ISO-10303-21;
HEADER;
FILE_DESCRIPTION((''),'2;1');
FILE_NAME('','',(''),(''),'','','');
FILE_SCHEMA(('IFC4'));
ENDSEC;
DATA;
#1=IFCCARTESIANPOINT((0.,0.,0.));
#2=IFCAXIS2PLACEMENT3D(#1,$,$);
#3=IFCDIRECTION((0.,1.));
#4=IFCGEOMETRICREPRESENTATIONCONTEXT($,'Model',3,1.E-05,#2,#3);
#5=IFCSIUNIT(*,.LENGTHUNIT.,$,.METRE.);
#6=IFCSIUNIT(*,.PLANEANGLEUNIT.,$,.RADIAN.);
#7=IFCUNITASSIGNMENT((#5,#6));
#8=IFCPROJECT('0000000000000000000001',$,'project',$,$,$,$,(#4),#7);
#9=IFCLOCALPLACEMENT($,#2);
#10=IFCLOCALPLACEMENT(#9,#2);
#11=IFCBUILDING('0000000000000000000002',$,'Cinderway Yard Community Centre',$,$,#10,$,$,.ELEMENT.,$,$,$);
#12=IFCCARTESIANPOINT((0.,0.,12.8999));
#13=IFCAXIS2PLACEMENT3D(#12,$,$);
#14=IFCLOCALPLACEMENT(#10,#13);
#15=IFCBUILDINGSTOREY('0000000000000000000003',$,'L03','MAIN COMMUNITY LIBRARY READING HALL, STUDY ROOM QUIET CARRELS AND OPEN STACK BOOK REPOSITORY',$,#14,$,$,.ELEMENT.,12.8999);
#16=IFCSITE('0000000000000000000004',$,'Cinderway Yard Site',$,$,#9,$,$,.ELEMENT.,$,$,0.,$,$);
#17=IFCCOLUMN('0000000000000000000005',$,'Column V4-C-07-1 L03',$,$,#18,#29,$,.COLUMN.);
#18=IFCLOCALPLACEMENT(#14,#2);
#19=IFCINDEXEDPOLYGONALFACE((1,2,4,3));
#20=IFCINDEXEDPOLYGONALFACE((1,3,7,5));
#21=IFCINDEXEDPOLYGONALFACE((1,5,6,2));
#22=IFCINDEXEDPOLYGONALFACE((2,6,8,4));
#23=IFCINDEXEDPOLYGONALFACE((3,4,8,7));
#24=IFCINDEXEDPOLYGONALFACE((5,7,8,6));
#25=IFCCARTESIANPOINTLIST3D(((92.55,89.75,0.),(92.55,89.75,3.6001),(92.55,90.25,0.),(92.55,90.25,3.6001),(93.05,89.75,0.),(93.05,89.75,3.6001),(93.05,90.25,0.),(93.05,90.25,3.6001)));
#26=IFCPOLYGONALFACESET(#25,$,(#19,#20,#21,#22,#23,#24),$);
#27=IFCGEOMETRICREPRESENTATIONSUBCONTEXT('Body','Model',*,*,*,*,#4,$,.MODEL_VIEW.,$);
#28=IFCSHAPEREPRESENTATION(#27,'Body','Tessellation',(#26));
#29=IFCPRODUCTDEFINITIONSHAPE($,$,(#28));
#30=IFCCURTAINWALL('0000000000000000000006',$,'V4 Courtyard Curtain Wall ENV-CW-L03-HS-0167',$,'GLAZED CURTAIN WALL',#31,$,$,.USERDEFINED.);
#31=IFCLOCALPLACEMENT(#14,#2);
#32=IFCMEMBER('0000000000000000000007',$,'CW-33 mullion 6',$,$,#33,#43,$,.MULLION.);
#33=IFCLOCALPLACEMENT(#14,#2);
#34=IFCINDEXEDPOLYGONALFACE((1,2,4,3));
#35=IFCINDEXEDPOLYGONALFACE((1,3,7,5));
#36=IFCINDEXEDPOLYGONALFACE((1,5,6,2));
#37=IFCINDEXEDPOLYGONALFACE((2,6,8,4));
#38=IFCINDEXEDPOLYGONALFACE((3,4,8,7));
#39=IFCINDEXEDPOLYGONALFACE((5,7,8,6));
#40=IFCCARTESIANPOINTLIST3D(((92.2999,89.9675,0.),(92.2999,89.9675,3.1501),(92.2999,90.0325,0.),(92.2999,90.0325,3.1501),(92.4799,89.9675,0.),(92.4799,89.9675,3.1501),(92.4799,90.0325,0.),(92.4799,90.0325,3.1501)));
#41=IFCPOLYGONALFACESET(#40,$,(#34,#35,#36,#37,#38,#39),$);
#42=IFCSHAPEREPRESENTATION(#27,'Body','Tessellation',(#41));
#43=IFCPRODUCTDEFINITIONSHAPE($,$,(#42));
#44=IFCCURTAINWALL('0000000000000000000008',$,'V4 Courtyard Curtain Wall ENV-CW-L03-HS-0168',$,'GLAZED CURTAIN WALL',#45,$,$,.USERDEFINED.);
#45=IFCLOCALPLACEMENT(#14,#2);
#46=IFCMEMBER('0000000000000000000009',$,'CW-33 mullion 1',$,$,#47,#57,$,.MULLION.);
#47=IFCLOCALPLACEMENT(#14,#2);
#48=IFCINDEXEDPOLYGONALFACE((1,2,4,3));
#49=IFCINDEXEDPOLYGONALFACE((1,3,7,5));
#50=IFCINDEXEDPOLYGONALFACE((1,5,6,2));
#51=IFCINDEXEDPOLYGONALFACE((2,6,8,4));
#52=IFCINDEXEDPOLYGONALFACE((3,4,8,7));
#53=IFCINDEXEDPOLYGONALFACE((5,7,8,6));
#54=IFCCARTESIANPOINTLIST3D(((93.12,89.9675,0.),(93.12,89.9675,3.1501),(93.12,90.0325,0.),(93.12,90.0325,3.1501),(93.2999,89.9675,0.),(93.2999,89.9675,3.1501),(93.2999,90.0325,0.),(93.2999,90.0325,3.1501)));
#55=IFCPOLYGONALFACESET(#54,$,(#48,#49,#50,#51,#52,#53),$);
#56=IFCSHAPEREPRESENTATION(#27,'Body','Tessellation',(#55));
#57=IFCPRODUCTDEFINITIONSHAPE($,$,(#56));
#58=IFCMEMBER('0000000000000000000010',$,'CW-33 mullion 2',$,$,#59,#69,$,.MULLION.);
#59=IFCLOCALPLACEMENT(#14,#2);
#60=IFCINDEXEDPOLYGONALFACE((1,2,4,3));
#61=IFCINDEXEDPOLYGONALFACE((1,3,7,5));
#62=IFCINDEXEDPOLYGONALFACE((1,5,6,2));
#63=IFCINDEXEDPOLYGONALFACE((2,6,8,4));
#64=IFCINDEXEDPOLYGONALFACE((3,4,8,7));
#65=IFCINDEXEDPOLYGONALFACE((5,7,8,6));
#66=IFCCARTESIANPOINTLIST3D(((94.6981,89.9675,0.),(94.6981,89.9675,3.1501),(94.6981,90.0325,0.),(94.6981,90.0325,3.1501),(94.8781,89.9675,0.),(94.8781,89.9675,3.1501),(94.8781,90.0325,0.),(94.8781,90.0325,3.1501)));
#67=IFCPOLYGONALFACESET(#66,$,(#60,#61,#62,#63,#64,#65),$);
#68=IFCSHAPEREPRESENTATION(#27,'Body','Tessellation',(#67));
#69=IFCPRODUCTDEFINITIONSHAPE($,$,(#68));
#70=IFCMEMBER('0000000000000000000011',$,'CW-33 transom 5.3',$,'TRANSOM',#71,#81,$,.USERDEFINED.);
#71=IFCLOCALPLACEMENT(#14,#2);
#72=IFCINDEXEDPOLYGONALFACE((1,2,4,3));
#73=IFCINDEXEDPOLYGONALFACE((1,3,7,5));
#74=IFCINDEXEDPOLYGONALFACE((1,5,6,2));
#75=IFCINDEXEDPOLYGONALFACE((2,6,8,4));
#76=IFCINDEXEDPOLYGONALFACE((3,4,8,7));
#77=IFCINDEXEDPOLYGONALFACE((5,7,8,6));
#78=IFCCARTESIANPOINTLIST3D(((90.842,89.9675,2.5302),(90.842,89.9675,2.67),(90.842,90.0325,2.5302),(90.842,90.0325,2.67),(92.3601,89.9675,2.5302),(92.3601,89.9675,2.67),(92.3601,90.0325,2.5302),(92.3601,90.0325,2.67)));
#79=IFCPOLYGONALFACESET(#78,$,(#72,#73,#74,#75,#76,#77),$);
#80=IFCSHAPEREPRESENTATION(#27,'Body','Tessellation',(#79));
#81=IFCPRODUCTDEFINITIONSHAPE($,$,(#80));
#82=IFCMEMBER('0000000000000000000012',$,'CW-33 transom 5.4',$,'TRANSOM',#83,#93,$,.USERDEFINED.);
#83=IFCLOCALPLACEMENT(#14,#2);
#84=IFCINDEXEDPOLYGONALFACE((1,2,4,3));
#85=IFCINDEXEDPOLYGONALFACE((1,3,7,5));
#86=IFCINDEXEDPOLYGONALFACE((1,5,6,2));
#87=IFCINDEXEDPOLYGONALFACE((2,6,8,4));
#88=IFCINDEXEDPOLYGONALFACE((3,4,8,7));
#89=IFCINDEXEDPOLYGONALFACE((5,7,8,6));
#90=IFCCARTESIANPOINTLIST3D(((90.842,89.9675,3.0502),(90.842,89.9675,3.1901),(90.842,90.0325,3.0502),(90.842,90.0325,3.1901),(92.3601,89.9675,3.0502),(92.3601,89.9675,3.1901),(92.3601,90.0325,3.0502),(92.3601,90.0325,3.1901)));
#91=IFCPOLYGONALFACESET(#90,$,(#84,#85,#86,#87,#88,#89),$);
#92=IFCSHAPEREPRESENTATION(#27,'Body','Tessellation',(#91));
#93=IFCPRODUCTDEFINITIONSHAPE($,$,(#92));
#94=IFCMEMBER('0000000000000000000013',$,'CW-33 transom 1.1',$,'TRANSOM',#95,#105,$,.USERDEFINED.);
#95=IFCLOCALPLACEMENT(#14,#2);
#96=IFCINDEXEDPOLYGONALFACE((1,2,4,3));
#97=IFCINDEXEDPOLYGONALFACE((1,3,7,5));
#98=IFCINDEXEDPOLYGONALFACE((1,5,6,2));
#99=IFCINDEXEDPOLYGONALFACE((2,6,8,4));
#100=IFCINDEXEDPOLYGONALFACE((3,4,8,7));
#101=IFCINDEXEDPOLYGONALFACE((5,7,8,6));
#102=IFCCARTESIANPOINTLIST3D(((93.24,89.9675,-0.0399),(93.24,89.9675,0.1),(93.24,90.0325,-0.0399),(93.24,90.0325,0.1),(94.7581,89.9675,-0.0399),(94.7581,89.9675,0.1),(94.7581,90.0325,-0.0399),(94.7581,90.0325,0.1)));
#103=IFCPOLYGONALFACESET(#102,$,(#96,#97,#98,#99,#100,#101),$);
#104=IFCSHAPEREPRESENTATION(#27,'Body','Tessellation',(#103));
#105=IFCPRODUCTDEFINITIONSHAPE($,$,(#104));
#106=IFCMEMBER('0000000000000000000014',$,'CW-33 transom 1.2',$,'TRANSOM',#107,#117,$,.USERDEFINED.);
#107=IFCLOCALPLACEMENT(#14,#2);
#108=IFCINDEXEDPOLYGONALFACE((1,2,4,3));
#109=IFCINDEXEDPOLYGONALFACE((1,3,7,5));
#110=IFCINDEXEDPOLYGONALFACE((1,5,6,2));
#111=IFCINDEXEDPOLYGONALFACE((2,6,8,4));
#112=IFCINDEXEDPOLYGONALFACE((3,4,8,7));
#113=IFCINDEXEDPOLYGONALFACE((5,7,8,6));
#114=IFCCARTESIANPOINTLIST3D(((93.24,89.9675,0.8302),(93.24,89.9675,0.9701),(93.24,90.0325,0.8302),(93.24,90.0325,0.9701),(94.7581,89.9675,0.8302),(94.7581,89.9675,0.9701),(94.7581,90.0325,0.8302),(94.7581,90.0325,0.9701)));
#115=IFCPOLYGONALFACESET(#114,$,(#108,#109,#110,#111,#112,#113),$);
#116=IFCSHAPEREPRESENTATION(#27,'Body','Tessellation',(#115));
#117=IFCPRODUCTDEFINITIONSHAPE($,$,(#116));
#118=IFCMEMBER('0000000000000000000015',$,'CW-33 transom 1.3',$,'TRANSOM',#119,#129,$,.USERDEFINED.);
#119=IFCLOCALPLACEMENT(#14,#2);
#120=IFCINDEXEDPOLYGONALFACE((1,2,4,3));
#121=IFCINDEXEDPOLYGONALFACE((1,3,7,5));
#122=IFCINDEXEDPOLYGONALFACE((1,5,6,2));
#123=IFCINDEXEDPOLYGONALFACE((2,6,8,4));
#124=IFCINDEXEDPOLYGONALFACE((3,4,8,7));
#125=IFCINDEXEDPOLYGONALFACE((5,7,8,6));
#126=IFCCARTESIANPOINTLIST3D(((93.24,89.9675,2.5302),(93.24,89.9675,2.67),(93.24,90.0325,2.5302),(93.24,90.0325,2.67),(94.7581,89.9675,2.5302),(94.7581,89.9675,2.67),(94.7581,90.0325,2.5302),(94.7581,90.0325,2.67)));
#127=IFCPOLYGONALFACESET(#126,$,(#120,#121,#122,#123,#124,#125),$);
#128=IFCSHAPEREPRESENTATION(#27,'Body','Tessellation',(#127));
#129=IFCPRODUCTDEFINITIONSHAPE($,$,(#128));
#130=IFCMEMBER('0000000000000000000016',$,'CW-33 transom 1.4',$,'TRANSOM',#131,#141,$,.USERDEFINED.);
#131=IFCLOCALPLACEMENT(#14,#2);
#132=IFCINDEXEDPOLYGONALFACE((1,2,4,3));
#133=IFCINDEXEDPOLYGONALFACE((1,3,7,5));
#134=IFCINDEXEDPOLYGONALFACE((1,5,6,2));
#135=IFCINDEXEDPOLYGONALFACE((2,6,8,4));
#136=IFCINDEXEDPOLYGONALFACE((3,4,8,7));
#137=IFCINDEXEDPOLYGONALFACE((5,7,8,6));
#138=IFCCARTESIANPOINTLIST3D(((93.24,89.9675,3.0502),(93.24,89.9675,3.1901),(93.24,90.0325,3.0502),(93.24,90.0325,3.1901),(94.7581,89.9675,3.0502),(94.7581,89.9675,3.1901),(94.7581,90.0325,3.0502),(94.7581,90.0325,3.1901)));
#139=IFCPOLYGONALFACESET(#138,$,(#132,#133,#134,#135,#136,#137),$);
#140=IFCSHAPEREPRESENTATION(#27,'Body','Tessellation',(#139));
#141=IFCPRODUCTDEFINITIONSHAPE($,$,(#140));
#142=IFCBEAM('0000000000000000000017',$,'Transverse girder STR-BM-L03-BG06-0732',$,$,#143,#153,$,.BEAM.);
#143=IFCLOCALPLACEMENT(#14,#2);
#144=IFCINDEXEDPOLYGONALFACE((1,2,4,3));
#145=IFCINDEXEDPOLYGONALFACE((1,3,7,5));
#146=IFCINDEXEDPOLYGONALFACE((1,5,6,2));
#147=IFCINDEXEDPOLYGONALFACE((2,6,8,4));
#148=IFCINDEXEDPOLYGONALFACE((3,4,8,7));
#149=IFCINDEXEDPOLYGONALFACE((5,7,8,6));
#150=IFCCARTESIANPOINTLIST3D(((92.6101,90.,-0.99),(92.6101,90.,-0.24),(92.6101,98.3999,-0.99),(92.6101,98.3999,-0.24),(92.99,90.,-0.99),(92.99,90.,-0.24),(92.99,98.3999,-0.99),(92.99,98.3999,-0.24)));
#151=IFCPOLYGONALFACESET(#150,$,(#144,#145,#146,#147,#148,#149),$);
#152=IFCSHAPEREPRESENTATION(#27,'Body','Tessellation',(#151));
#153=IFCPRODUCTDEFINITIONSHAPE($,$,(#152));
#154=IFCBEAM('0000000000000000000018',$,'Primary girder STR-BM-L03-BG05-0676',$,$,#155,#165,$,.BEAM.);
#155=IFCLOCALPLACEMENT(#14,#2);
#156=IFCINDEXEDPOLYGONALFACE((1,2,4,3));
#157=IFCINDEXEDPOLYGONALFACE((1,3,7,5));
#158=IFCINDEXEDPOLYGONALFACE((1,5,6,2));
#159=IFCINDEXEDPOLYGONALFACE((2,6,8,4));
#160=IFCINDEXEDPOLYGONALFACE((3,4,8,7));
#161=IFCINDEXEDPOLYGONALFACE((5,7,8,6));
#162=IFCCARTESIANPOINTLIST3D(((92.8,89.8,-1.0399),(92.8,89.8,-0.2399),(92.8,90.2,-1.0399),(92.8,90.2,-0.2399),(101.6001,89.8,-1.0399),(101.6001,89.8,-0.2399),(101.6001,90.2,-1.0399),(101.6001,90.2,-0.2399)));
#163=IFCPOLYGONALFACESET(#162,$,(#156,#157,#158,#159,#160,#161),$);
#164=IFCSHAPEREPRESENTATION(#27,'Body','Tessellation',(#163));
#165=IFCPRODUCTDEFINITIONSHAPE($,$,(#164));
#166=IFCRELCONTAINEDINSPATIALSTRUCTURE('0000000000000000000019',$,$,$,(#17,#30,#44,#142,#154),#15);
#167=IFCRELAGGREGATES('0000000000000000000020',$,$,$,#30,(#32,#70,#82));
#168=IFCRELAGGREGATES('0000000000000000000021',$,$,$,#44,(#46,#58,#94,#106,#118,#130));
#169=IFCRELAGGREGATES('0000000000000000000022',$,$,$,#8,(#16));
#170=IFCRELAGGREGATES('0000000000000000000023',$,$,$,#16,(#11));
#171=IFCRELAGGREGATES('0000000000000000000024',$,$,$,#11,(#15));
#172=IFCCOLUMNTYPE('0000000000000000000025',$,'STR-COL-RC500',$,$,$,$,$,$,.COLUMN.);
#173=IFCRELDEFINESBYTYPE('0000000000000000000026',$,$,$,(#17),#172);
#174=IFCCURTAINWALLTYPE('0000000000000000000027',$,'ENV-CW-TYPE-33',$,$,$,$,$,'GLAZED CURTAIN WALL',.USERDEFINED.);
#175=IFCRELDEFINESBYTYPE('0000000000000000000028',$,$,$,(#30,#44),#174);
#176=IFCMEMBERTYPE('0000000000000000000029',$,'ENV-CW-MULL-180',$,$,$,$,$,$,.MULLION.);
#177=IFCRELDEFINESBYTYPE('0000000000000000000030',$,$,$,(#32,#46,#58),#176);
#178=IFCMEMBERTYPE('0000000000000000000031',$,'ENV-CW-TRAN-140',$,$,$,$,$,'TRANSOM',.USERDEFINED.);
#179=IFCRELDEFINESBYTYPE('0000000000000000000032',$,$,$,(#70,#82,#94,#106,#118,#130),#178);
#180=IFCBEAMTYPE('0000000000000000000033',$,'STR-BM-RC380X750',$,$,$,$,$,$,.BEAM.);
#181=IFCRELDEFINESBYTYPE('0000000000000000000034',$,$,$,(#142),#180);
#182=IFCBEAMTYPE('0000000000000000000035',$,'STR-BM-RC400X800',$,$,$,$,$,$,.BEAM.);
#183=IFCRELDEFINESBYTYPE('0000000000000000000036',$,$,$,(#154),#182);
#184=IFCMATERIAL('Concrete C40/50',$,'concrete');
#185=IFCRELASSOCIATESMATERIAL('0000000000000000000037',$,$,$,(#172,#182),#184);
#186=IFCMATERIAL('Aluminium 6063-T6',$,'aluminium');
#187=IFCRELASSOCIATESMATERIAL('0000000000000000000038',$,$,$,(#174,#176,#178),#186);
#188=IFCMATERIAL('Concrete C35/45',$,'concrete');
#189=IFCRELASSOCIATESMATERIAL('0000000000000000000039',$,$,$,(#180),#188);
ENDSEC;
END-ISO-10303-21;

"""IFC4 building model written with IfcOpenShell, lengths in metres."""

from ifc_helpers import new_model, si_unit, direction, frame, origin, origin_2d, place, context, subcontext, project, spatial, rectangle, extrude, material, material_profile, profile_set, type_object, element, aggregate, save


model = new_model("IFC4")

# Units and contexts
model_context = context("Model", 3, precision=1e-05, world=origin(), true_north=direction((0.0, 1.0)))
body_context = subcontext(model_context, "Body", "Model", "MODEL_VIEW")
ifc_project = project(units=[si_unit("LENGTHUNIT", "METRE"), si_unit("PLANEANGLEUNIT", "RADIAN")], contexts=[model_context])

# Site, building, storey
site_placement = place(None, origin())
site = spatial("IfcSite", under=ifc_project, at=site_placement, Name="Cinderway Yard Site", CompositionType="ELEMENT", RefElevation=0.0)
building_placement = place(site_placement, origin())
building = spatial("IfcBuilding", under=site, at=building_placement, Name="Cinderway Yard Community Centre", CompositionType="ELEMENT")
storey_placement = place(building_placement, frame((0.0, 0.0, 12.8999)))
storey = spatial("IfcBuildingStorey", under=building, at=storey_placement, Name="L03", Description="MAIN COMMUNITY LIBRARY READING HALL, STUDY ROOM QUIET CARRELS AND OPEN STACK BOOK REPOSITORY", CompositionType="ELEMENT", Elevation=12.8999)

# Column
ifc_material_1 = material(Name="Concrete C40/50", Category="concrete")
ifc_material_profile_1 = material_profile(ifc_material_1, rectangle(XDim=0.5, YDim=0.5, at=origin_2d()), Name="Concrete C40/50")
ifc_profile_set_1 = profile_set([ifc_material_profile_1], Name="Concrete C40/50")
column_type = type_object("IfcColumnType", Name="STR-COL-RC500", PredefinedType="COLUMN", material=ifc_profile_set_1)
column_placement = place(storey_placement, frame((92.8, 90.0, 0.0), z_axis=(0.0, 0.0, 1.0), x_axis=(1.0, 0.0, 0.0)))
element("IfcColumn", 1, at=column_placement, inside=storey, type_object=column_type, Name="Column V4-C-07-1 L03", PredefinedType="COLUMN", context=body_context, shape_type="SweptSolid", body=[
    extrude(rectangle(XDim=0.5, YDim=0.5, at=origin_2d()), origin(), (0.0, 0.0, 1.0), 3.6001),
])

# Curtain wall, member
ifc_material_2 = material(Name="Aluminium 6063-T6", Category="aluminium")
curtain_wall_type = type_object("IfcCurtainWallType", Name="ENV-CW-TYPE-33", ElementType="GLAZED CURTAIN WALL", PredefinedType="USERDEFINED", material=ifc_material_2)
curtain_wall_1_placement = place(storey_placement, origin())
curtain_wall_1 = element("IfcCurtainWall", 2, at=curtain_wall_1_placement, inside=storey, type_object=curtain_wall_type, Name="V4 Courtyard Curtain Wall ENV-CW-L03-HS-0167", ObjectType="GLAZED CURTAIN WALL", PredefinedType="USERDEFINED")
ifc_material_profile_2 = material_profile(ifc_material_2, rectangle(XDim=0.0649, YDim=0.1799, at=origin_2d()), Name="Aluminium 6063-T6")
ifc_profile_set_2 = profile_set([ifc_material_profile_2], Name="Aluminium 6063-T6")
member_type_1 = type_object("IfcMemberType", Name="ENV-CW-MULL-180", PredefinedType="MULLION", material=ifc_profile_set_2)
member_1_placement = place(storey_placement, frame((92.3899, 90.0, 0.0), z_axis=(0.0, 0.0, 1.0), x_axis=(0.0, 1.0, 0.0)))
member_1 = element("IfcMember", 3, at=member_1_placement, type_object=member_type_1, Name="CW-33 mullion 6", PredefinedType="MULLION", context=body_context, shape_type="SweptSolid", body=[
    extrude(rectangle(XDim=0.0649, YDim=0.1799, at=origin_2d()), origin(), (0.0, 0.0, 1.0), 3.1501),
])

# Curtain wall, members
curtain_wall_2_placement = place(storey_placement, origin())
curtain_wall_2 = element("IfcCurtainWall", 4, at=curtain_wall_2_placement, inside=storey, type_object=curtain_wall_type, Name="V4 Courtyard Curtain Wall ENV-CW-L03-HS-0168", ObjectType="GLAZED CURTAIN WALL", PredefinedType="USERDEFINED")
member_2_placement = place(storey_placement, frame((93.21, 90.0, 0.0), z_axis=(0.0, 0.0, 1.0), x_axis=(0.0, 1.0, 0.0)))
member_2 = element("IfcMember", 5, at=member_2_placement, type_object=member_type_1, Name="CW-33 mullion 1", PredefinedType="MULLION", context=body_context, shape_type="SweptSolid", body=[
    extrude(rectangle(XDim=0.0649, YDim=0.1799, at=origin_2d()), origin(), (0.0, 0.0, 1.0), 3.1501),
])
member_3_placement = place(storey_placement, frame((94.7881, 90.0, 0.0), z_axis=(0.0, 0.0, 1.0), x_axis=(0.0, 1.0, 0.0)))
member_3 = element("IfcMember", 6, at=member_3_placement, type_object=member_type_1, Name="CW-33 mullion 2", PredefinedType="MULLION", context=body_context, shape_type="SweptSolid", body=[
    extrude(rectangle(XDim=0.0649, YDim=0.1799, at=origin_2d()), origin(), (0.0, 0.0, 1.0), 3.1501),
])

# Members
ifc_material_profile_3 = material_profile(ifc_material_2, rectangle(XDim=0.0649, YDim=0.1399, at=origin_2d()), Name="Aluminium 6063-T6")
ifc_profile_set_3 = profile_set([ifc_material_profile_3], Name="Aluminium 6063-T6")
member_type_2 = type_object("IfcMemberType", Name="ENV-CW-TRAN-140", ElementType="TRANSOM", PredefinedType="USERDEFINED", material=ifc_profile_set_3)
member_4_placement = place(storey_placement, frame((90.842, 90.0, 2.6001), z_axis=(1.0, 0.0, 0.0), x_axis=(0.0, 1.0, 0.0)))
member_4 = element("IfcMember", 7, at=member_4_placement, type_object=member_type_2, Name="CW-33 transom 5.3", ObjectType="TRANSOM", PredefinedType="USERDEFINED", context=body_context, shape_type="SweptSolid", body=[
    extrude(rectangle(XDim=0.0649, YDim=0.1399, at=origin_2d()), origin(), (0.0, 0.0, 1.0), 1.5181),
])
member_5_placement = place(storey_placement, frame((90.842, 90.0, 3.1201), z_axis=(1.0, 0.0, 0.0), x_axis=(0.0, 1.0, 0.0)))
member_5 = element("IfcMember", 8, at=member_5_placement, type_object=member_type_2, Name="CW-33 transom 5.4", ObjectType="TRANSOM", PredefinedType="USERDEFINED", context=body_context, shape_type="SweptSolid", body=[
    extrude(rectangle(XDim=0.0649, YDim=0.1399, at=origin_2d()), origin(), (0.0, 0.0, 1.0), 1.5181),
])
member_6_placement = place(storey_placement, frame((93.24, 90.0, 0.03), z_axis=(1.0, 0.0, 0.0), x_axis=(0.0, 1.0, 0.0)))
member_6 = element("IfcMember", 9, at=member_6_placement, type_object=member_type_2, Name="CW-33 transom 1.1", ObjectType="TRANSOM", PredefinedType="USERDEFINED", context=body_context, shape_type="SweptSolid", body=[
    extrude(rectangle(XDim=0.0649, YDim=0.1399, at=origin_2d()), origin(), (0.0, 0.0, 1.0), 1.5181),
])
member_7_placement = place(storey_placement, frame((93.24, 90.0, 0.9001), z_axis=(1.0, 0.0, 0.0), x_axis=(0.0, 1.0, 0.0)))
member_7 = element("IfcMember", 10, at=member_7_placement, type_object=member_type_2, Name="CW-33 transom 1.2", ObjectType="TRANSOM", PredefinedType="USERDEFINED", context=body_context, shape_type="SweptSolid", body=[
    extrude(rectangle(XDim=0.0649, YDim=0.1399, at=origin_2d()), origin(), (0.0, 0.0, 1.0), 1.5181),
])
member_8_placement = place(storey_placement, frame((93.24, 90.0, 2.6001), z_axis=(1.0, 0.0, 0.0), x_axis=(0.0, 1.0, 0.0)))
member_8 = element("IfcMember", 11, at=member_8_placement, type_object=member_type_2, Name="CW-33 transom 1.3", ObjectType="TRANSOM", PredefinedType="USERDEFINED", context=body_context, shape_type="SweptSolid", body=[
    extrude(rectangle(XDim=0.0649, YDim=0.1399, at=origin_2d()), origin(), (0.0, 0.0, 1.0), 1.5181),
])
member_9_placement = place(storey_placement, frame((93.24, 90.0, 3.1201), z_axis=(1.0, 0.0, 0.0), x_axis=(0.0, 1.0, 0.0)))
member_9 = element("IfcMember", 12, at=member_9_placement, type_object=member_type_2, Name="CW-33 transom 1.4", ObjectType="TRANSOM", PredefinedType="USERDEFINED", context=body_context, shape_type="SweptSolid", body=[
    extrude(rectangle(XDim=0.0649, YDim=0.1399, at=origin_2d()), origin(), (0.0, 0.0, 1.0), 1.5181),
])

# Beams
ifc_material_3 = material(Name="Concrete C35/45", Category="concrete")
ifc_material_profile_4 = material_profile(ifc_material_3, rectangle(XDim=0.3799, YDim=0.75, at=origin_2d()), Name="Concrete C35/45")
ifc_profile_set_4 = profile_set([ifc_material_profile_4], Name="Concrete C35/45")
beam_type_1 = type_object("IfcBeamType", Name="STR-BM-RC380X750", PredefinedType="BEAM", material=ifc_profile_set_4)
beam_1_placement = place(storey_placement, frame((92.8, 90.0, -0.615), z_axis=(0.0, 1.0, 0.0), x_axis=(-1.0, 0.0, 0.0)))
element("IfcBeam", 13, at=beam_1_placement, inside=storey, type_object=beam_type_1, Name="Transverse girder STR-BM-L03-BG06-0732", PredefinedType="BEAM", context=body_context, shape_type="SweptSolid", body=[
    extrude(rectangle(XDim=0.3799, YDim=0.75, at=origin_2d()), origin(), (0.0, 0.0, 1.0), 8.3999),
])
ifc_material_profile_5 = material_profile(ifc_material_1, rectangle(XDim=0.3999, YDim=0.8, at=origin_2d()), Name="Concrete C40/50")
ifc_profile_set_5 = profile_set([ifc_material_profile_5], Name="Concrete C40/50")
beam_type_2 = type_object("IfcBeamType", Name="STR-BM-RC400X800", PredefinedType="BEAM", material=ifc_profile_set_5)
beam_2_placement = place(storey_placement, frame((92.8, 90.0, -0.6399), z_axis=(1.0, 0.0, 0.0), x_axis=(0.0, 1.0, 0.0)))
element("IfcBeam", 14, at=beam_2_placement, inside=storey, type_object=beam_type_2, Name="Primary girder STR-BM-L03-BG05-0676", PredefinedType="BEAM", context=body_context, shape_type="SweptSolid", body=[
    extrude(rectangle(XDim=0.3999, YDim=0.8, at=origin_2d()), origin(), (0.0, 0.0, 1.0), 8.8),
])

aggregate(curtain_wall_1, [member_1, member_4, member_5])
aggregate(curtain_wall_2, [member_2, member_3, member_6, member_7, member_8, member_9])

save(model, "model.ifc")
